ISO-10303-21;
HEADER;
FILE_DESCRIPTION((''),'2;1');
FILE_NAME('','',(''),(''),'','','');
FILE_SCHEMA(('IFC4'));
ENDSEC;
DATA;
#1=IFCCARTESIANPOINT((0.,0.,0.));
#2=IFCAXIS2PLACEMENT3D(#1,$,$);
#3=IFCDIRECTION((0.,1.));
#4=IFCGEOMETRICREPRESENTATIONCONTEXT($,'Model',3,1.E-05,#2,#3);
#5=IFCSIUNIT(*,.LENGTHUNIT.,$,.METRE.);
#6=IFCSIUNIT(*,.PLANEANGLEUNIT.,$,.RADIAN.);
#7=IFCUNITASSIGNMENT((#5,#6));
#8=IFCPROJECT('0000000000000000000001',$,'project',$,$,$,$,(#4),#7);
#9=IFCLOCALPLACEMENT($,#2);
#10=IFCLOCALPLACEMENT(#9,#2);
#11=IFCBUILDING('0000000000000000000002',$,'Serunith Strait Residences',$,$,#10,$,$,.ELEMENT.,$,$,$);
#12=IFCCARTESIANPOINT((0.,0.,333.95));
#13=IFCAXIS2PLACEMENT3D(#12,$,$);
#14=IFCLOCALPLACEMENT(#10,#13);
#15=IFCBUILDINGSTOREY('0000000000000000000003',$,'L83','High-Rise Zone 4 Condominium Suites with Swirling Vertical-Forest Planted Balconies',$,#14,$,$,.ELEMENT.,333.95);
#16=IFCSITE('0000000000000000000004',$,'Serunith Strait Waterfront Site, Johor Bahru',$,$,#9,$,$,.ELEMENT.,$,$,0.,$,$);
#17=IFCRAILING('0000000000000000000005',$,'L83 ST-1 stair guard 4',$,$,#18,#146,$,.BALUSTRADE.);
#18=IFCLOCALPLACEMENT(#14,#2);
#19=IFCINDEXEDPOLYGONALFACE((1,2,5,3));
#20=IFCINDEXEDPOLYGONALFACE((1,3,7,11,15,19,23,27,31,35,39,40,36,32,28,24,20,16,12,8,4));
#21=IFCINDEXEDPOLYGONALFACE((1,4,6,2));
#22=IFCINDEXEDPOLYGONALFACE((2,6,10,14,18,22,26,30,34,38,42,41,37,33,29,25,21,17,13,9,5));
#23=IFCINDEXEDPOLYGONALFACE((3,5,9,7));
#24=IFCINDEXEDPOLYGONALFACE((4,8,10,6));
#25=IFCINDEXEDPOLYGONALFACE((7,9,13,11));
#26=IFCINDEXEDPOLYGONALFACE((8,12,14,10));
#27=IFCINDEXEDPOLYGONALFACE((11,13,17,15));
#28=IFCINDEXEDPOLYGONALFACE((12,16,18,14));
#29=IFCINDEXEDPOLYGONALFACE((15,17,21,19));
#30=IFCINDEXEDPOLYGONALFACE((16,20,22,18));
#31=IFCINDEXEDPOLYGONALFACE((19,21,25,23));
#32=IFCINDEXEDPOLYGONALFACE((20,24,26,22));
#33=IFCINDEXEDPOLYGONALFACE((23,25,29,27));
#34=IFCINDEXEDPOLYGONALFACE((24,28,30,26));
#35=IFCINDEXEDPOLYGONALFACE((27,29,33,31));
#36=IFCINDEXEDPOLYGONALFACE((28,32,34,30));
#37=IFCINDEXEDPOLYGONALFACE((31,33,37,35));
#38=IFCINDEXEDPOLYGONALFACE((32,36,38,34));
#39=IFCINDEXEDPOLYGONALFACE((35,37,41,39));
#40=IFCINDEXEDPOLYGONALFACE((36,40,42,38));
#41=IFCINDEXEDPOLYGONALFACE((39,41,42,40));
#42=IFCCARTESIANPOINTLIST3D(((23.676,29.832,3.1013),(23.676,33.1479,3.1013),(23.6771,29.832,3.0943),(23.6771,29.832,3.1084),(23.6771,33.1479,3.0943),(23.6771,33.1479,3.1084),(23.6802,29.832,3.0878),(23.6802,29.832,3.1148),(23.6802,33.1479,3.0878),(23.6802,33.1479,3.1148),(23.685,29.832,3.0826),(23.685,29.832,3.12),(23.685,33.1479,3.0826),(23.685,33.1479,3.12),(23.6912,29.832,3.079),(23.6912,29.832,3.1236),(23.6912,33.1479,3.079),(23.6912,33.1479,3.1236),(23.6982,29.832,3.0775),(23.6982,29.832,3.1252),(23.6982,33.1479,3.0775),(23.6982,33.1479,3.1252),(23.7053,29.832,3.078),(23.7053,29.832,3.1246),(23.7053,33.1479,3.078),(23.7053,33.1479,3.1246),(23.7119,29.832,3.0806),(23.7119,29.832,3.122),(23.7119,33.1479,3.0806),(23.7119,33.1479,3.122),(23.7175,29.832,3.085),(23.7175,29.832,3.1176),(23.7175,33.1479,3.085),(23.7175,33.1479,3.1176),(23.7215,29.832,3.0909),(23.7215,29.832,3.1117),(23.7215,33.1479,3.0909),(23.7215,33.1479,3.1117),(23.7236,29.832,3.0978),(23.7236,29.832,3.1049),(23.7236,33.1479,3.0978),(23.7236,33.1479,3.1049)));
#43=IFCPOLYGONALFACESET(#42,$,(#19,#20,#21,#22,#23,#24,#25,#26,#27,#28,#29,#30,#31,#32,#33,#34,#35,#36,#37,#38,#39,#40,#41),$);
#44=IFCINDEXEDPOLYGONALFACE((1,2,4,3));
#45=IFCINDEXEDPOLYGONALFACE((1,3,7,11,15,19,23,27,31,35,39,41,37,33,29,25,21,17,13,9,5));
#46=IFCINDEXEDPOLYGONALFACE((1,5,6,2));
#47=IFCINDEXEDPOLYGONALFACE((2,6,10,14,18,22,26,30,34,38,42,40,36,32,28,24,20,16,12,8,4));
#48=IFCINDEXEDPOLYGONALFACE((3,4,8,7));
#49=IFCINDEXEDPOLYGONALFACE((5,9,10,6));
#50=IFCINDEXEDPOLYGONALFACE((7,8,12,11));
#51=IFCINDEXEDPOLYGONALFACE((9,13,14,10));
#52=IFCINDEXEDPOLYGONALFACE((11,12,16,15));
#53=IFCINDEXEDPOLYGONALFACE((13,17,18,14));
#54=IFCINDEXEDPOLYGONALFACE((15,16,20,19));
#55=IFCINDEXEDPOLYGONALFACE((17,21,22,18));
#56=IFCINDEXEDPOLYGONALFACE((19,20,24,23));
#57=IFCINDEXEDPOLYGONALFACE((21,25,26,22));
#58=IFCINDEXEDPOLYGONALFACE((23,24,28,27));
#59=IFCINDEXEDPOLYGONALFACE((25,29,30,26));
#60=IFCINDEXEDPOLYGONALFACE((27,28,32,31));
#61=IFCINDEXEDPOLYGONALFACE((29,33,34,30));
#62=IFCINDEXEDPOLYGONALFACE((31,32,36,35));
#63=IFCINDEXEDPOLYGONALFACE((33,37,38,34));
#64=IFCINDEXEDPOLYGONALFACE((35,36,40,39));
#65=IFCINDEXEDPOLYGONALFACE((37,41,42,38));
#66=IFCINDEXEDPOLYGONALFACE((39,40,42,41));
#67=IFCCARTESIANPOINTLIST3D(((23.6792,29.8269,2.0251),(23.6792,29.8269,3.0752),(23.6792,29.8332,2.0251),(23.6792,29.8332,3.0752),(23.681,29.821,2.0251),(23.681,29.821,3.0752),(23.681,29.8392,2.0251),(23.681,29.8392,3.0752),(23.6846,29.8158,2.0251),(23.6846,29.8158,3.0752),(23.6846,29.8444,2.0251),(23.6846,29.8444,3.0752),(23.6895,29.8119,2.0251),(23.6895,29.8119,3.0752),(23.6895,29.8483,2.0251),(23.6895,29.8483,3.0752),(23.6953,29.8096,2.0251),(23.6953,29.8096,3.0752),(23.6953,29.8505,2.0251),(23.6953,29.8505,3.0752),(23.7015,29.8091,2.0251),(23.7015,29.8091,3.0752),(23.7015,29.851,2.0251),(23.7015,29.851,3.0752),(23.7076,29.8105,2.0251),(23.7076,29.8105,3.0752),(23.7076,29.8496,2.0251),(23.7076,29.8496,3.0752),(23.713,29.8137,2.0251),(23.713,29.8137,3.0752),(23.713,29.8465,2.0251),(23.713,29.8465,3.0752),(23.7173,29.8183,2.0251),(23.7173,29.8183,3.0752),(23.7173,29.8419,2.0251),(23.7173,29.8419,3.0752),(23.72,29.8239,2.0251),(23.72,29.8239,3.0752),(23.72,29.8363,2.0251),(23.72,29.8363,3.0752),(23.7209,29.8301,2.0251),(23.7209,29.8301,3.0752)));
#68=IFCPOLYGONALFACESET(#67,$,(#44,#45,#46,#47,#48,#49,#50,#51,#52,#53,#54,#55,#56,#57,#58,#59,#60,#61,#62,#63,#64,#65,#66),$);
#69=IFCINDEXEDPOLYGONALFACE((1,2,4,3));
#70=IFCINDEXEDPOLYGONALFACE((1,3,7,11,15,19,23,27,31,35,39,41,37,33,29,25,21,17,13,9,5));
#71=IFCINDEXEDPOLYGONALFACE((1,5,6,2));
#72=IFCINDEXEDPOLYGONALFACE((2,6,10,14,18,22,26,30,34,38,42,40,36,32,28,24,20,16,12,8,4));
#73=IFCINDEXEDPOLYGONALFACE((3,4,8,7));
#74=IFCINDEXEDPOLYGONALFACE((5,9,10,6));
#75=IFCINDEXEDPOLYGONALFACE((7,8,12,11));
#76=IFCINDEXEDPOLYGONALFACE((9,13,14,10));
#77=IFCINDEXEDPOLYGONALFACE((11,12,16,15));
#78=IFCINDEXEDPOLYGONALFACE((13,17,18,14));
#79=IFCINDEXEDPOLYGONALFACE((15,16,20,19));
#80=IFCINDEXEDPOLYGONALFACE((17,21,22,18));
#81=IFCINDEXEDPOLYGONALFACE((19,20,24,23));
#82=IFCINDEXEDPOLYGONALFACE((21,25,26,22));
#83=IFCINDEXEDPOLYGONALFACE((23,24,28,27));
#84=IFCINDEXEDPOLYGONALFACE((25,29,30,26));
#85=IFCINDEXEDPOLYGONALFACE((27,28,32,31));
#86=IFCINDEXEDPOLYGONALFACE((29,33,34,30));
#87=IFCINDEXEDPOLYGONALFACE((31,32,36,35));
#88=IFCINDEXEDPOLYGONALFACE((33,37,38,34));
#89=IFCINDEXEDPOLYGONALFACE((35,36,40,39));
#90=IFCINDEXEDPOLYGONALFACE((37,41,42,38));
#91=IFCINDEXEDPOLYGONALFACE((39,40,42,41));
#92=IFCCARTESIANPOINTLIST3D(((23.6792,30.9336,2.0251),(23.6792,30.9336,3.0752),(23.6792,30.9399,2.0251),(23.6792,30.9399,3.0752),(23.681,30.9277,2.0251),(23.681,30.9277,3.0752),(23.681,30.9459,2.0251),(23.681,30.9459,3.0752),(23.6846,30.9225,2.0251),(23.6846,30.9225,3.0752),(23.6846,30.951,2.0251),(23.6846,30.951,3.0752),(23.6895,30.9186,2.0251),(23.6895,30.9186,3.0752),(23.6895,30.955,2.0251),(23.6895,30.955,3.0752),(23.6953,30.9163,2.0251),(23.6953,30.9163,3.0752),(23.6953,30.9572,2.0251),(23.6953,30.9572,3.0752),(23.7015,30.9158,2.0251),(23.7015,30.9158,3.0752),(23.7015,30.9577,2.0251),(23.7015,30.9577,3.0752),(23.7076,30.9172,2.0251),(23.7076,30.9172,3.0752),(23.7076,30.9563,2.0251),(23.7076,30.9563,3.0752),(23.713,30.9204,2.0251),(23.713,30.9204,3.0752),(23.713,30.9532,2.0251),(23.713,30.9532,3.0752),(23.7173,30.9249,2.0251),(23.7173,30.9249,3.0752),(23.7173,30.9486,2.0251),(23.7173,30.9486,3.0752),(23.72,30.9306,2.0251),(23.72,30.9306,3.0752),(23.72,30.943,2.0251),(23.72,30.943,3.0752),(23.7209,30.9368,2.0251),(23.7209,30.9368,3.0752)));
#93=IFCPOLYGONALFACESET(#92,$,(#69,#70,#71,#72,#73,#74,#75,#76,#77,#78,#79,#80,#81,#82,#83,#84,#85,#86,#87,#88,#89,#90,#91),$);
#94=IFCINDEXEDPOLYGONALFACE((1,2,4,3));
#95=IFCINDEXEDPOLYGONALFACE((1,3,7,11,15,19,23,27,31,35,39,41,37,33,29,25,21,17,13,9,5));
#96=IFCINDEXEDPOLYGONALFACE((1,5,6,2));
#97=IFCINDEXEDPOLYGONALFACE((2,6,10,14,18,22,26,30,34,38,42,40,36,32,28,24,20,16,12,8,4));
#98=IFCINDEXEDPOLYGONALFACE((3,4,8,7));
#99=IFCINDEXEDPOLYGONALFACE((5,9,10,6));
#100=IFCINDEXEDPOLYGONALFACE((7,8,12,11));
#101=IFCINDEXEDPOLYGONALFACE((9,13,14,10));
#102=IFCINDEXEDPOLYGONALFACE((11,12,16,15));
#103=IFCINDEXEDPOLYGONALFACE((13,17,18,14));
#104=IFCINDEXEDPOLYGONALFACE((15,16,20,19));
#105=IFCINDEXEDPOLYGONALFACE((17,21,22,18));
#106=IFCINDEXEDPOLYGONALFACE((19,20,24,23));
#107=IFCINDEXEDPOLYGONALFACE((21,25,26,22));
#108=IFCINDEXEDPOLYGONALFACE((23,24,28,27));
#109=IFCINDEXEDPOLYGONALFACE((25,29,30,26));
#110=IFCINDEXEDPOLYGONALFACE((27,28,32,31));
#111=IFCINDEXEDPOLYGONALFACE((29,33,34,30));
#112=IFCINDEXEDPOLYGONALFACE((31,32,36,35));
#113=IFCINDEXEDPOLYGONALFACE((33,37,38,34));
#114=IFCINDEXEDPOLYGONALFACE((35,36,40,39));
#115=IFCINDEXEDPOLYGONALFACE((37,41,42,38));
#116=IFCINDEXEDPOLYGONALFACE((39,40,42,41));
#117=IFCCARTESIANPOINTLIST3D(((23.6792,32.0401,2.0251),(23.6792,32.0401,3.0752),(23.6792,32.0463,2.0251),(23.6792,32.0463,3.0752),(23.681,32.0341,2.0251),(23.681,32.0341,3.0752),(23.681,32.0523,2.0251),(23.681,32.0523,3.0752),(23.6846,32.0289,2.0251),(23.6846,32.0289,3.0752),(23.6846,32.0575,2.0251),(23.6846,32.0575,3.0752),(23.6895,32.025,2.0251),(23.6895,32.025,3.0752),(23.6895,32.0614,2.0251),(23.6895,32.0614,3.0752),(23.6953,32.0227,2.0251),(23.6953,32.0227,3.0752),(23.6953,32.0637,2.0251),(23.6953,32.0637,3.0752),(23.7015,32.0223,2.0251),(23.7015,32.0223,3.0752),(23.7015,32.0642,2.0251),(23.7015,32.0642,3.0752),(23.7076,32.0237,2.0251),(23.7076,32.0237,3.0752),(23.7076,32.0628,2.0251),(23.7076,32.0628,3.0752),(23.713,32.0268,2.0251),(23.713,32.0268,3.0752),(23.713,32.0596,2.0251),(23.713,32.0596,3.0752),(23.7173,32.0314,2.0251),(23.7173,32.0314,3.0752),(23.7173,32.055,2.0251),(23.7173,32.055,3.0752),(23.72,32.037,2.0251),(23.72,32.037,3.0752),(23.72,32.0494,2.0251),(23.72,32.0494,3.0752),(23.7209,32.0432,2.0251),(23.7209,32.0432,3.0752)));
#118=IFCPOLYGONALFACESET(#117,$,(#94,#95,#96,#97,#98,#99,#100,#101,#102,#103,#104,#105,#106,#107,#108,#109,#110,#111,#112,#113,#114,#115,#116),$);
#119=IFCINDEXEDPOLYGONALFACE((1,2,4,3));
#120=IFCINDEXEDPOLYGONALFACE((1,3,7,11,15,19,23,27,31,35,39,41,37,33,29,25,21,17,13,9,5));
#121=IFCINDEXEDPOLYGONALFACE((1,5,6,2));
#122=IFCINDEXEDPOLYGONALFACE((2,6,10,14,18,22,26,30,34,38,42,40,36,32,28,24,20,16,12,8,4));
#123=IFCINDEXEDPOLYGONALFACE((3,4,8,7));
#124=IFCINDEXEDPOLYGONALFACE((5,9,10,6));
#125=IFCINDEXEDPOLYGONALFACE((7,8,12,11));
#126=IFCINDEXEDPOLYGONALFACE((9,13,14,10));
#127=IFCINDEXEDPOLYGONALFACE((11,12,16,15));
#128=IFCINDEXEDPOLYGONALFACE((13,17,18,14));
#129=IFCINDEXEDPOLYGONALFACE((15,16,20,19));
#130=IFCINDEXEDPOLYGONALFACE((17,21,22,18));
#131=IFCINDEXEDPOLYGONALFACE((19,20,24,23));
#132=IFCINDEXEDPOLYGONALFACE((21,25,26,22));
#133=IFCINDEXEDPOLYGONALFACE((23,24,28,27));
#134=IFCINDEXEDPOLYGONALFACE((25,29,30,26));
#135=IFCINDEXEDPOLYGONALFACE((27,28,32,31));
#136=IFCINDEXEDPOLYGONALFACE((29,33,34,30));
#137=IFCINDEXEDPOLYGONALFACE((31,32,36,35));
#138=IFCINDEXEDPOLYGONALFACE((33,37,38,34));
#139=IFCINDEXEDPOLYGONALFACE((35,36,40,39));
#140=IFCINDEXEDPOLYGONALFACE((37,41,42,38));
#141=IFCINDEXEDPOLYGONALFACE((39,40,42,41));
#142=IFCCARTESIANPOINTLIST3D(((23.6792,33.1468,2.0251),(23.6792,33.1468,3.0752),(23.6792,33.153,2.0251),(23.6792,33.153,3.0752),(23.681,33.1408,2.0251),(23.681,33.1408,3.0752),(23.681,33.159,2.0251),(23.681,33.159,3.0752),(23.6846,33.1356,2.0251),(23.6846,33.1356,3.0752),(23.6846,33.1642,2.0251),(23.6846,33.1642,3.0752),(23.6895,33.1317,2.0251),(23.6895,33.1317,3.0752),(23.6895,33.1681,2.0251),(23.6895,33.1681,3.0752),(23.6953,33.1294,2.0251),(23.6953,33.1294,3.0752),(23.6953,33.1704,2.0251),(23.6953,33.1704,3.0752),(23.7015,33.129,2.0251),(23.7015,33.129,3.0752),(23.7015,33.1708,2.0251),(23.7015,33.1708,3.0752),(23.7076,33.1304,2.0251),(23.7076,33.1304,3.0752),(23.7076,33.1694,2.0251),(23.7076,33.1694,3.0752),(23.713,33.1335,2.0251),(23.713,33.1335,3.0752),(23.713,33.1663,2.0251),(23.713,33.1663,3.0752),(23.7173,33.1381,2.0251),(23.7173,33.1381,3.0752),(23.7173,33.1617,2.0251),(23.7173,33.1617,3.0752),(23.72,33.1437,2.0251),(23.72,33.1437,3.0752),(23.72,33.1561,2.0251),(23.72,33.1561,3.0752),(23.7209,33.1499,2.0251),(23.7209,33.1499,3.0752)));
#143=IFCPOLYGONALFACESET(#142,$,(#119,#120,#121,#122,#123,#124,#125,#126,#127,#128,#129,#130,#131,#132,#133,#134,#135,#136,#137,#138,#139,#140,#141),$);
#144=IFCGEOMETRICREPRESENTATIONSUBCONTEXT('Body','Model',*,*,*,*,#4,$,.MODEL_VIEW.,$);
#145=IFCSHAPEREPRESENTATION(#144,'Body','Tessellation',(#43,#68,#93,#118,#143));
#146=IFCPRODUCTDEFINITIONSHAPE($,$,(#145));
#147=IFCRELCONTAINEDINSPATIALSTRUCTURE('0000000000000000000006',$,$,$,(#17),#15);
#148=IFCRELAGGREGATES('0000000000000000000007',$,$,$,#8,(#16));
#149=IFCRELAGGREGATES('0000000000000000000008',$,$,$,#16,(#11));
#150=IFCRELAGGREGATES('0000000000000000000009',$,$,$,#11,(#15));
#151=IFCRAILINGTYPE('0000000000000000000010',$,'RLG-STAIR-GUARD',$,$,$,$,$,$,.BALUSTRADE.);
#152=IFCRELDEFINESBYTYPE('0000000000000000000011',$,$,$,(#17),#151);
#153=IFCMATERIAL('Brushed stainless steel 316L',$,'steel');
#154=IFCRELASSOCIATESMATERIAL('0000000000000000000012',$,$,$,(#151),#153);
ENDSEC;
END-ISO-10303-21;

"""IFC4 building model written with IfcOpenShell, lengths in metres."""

from ifc_helpers import new_model, si_unit, direction, frame, origin, origin_2d, place, context, subcontext, project, spatial, circle, extrude, material, type_object, element, save


model = new_model("IFC4")

# Units and contexts
model_context = context("Model", 3, precision=1e-05, world=origin(), true_north=direction((0.0, 1.0)))
body_context = subcontext(model_context, "Body", "Model", "MODEL_VIEW")
ifc_project = project(units=[si_unit("LENGTHUNIT", "METRE"), si_unit("PLANEANGLEUNIT", "RADIAN")], contexts=[model_context])

# Site, building, storey
site_placement = place(None, origin())
site = spatial("IfcSite", under=ifc_project, at=site_placement, Name="Serunith Strait Waterfront Site, Johor Bahru", CompositionType="ELEMENT", RefElevation=0.0)
building_placement = place(site_placement, origin())
building = spatial("IfcBuilding", under=site, at=building_placement, Name="Serunith Strait Residences", CompositionType="ELEMENT")
storey_placement = place(building_placement, frame((0.0, 0.0, 333.95)))
storey = spatial("IfcBuildingStorey", under=building, at=storey_placement, Name="L83", Description="High-Rise Zone 4 Condominium Suites with Swirling Vertical-Forest Planted Balconies", CompositionType="ELEMENT", Elevation=333.95)

# Railing
ifc_material_1 = material(Name="Brushed stainless steel 316L", Category="steel")
railing_type_1 = type_object("IfcRailingType", Name="RLG-STAIR-GUARD", PredefinedType="BALUSTRADE", material=ifc_material_1)
for number, where, name in (
    (1, (23.7, 29.8301, 2.0251), "L83 ST-1 stair guard 4"),
):
    element("IfcRailing", number, at=place(storey_placement, frame(where)), inside=storey, type_object=railing_type_1, Name=name, PredefinedType="BALUSTRADE", context=body_context, shape_type="SweptSolid", body=[
        extrude(circle(Radius=0.0239, at=origin_2d()), frame((0.0, 0.002, 1.0762), z_axis=(0.0, 1.0, 0.0), x_axis=(-1.0, 0.0, 0.0)), (0.0, 0.0, 1.0), 3.3159),
        extrude(circle(Radius=0.021, at=origin_2d()), origin(), (0.0, 0.0, 1.0), 1.05),
        extrude(circle(Radius=0.021, at=origin_2d()), frame((0.0, 1.1067, 0.0)), (0.0, 0.0, 1.0), 1.05),
        extrude(circle(Radius=0.021, at=origin_2d()), frame((0.0, 2.2131, 0.0)), (0.0, 0.0, 1.0), 1.05),
        extrude(circle(Radius=0.021, at=origin_2d()), frame((0.0, 3.3198, 0.0)), (0.0, 0.0, 1.0), 1.05),
    ])

save(model, "model.ifc")
